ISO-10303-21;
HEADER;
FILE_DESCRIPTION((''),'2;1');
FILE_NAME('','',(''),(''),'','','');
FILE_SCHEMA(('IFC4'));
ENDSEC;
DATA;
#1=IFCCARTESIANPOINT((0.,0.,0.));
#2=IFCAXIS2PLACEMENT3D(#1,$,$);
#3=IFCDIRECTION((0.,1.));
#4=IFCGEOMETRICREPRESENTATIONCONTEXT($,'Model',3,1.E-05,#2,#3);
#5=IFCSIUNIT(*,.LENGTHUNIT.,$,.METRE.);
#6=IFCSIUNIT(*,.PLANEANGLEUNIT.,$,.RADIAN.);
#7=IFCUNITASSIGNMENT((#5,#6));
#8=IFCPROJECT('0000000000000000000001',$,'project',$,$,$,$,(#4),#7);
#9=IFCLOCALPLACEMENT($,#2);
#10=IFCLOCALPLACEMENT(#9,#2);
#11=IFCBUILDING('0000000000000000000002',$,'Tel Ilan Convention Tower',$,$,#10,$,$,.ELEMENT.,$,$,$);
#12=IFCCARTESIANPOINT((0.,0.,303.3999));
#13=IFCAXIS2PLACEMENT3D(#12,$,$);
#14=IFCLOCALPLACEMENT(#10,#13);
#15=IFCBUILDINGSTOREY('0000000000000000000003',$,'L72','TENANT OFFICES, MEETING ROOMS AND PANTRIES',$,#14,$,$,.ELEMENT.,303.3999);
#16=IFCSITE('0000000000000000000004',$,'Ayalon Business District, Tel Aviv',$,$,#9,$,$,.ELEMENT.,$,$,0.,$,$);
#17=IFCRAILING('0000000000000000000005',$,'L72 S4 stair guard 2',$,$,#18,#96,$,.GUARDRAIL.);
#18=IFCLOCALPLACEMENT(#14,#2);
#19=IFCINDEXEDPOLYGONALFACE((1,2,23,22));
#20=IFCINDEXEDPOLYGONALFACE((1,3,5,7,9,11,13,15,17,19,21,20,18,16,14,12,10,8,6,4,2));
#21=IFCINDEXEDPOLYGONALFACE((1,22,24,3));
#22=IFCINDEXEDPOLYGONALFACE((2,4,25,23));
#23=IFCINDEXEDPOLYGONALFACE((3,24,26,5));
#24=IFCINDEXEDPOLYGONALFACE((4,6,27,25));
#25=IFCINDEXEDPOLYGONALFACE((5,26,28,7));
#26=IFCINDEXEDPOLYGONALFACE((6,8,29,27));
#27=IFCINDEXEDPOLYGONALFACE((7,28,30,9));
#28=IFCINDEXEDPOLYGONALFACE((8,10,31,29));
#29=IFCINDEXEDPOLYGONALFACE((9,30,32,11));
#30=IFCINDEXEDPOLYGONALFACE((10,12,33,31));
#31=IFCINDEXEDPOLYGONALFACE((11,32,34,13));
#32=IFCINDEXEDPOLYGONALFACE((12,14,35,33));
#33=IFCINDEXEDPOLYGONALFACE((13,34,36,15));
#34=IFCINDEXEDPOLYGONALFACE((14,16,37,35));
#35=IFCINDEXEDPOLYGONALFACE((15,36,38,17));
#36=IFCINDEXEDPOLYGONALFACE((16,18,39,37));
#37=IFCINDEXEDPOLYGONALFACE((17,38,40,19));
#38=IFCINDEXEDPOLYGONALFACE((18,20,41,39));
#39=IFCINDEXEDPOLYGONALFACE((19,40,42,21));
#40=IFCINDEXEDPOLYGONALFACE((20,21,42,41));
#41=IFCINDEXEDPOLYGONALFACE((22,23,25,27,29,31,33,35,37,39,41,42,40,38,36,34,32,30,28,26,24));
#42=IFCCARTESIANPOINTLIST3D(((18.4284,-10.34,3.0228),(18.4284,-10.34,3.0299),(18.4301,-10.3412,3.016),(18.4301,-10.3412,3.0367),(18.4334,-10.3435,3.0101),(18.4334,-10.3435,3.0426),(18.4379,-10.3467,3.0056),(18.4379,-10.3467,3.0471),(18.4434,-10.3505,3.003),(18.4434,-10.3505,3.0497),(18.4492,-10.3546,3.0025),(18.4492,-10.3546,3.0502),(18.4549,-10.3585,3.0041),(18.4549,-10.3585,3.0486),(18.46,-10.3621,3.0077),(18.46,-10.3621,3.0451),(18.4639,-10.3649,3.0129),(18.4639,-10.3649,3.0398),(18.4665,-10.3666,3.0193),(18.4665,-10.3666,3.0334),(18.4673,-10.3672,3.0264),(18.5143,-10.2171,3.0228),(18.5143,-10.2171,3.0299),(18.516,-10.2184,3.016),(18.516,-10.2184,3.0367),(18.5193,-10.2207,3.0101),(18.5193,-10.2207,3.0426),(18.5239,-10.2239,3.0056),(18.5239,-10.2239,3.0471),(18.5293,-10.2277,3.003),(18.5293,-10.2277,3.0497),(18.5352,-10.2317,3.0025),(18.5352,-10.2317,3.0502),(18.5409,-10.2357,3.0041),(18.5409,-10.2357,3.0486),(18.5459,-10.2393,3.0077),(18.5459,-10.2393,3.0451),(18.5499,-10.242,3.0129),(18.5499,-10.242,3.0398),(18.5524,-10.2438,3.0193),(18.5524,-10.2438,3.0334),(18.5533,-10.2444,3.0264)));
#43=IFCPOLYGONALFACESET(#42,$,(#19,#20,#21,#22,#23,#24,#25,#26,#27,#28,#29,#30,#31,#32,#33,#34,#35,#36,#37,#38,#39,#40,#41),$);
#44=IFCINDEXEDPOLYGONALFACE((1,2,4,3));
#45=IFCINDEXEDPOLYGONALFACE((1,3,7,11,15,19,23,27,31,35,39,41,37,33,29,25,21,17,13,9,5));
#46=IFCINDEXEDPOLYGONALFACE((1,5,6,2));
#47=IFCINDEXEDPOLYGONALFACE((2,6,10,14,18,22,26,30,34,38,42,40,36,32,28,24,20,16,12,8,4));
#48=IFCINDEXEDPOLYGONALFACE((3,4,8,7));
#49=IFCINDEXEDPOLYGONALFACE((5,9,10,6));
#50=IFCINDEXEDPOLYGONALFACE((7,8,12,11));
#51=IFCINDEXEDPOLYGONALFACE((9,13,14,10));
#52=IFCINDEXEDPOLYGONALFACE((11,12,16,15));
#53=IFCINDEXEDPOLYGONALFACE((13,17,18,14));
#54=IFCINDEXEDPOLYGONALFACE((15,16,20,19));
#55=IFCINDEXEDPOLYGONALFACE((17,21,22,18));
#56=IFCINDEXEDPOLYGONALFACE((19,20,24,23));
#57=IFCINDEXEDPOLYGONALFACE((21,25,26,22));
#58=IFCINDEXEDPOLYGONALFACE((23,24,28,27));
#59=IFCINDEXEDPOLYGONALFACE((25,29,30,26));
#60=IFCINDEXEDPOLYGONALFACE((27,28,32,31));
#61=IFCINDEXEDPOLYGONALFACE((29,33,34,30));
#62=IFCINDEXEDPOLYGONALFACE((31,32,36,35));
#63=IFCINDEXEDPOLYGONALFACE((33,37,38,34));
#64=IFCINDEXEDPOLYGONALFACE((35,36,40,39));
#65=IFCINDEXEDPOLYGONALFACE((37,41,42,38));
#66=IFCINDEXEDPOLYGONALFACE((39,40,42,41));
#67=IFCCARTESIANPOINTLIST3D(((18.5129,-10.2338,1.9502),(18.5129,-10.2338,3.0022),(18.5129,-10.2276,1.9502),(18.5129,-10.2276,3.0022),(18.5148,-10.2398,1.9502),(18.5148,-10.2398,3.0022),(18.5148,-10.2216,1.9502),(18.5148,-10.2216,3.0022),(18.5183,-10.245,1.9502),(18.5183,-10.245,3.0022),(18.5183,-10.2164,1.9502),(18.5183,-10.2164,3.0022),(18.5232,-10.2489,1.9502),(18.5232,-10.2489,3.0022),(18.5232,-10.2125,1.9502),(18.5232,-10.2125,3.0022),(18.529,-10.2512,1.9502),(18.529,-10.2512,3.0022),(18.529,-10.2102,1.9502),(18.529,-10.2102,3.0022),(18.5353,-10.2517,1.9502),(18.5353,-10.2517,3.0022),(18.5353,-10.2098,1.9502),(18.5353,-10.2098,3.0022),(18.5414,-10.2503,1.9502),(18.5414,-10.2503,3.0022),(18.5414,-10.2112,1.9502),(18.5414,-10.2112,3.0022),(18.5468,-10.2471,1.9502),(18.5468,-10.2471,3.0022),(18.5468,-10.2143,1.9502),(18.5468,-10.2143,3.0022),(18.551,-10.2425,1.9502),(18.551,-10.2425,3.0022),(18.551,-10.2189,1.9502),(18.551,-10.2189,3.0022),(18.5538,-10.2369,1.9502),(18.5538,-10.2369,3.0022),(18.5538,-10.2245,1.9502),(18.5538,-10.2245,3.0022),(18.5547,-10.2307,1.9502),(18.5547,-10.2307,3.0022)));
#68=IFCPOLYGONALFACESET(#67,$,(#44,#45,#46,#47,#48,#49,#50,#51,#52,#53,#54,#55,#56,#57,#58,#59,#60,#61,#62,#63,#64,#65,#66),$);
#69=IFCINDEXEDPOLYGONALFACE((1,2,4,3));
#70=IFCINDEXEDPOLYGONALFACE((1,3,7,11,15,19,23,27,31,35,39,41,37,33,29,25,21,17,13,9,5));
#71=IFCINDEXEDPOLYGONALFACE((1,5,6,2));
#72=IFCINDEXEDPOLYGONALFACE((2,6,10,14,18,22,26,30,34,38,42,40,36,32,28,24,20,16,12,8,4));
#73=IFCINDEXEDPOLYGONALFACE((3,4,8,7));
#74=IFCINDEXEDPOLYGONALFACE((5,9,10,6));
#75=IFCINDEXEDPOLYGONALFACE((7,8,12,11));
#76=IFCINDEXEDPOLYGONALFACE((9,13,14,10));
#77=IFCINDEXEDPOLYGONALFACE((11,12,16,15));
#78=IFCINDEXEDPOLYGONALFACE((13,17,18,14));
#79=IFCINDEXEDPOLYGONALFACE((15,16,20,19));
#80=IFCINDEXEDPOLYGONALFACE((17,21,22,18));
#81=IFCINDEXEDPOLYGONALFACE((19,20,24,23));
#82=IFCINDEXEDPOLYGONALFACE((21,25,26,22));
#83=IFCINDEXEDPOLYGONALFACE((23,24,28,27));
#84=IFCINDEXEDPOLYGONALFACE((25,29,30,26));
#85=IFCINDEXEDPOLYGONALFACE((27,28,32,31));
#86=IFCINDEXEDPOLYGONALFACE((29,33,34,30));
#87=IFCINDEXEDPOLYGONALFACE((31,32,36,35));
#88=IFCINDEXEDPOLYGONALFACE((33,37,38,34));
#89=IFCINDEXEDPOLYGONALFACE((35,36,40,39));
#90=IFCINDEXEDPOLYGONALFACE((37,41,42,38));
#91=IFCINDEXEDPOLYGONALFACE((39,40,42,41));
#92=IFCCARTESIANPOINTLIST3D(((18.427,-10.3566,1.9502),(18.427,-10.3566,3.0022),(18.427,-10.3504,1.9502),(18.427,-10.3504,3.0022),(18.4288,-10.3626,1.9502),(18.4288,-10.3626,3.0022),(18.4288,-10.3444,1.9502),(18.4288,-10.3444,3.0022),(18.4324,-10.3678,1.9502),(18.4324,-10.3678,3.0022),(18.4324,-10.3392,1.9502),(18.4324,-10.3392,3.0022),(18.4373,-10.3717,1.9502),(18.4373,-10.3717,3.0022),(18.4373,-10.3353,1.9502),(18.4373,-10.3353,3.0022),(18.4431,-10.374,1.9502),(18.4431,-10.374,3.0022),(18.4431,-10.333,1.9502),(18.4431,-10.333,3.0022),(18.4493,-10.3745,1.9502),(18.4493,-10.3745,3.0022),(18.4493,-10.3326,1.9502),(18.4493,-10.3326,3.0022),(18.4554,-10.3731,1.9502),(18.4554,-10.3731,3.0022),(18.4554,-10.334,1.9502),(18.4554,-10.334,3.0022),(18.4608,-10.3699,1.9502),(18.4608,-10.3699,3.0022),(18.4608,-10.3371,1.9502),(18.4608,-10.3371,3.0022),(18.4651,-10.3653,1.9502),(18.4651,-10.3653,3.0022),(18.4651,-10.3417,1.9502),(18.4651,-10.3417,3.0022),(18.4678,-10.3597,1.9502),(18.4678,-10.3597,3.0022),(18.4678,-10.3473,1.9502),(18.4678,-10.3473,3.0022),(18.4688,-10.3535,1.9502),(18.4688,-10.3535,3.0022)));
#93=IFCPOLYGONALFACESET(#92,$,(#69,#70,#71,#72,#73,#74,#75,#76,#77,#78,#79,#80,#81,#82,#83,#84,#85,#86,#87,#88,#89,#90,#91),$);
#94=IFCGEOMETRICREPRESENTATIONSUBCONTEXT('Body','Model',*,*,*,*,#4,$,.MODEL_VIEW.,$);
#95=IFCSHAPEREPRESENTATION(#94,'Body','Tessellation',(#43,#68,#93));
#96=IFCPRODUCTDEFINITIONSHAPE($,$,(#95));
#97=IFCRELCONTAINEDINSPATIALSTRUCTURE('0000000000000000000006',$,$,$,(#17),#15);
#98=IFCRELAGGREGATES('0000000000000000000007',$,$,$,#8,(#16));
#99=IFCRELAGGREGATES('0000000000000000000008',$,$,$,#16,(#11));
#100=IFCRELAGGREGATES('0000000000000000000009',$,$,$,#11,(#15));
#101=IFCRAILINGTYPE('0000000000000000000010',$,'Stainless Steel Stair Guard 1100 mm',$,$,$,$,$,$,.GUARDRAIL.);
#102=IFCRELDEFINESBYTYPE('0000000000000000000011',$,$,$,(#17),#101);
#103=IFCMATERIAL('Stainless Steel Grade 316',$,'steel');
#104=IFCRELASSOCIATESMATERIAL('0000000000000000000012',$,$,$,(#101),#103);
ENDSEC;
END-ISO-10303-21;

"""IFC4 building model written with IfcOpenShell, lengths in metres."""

from ifc_helpers import new_model, si_unit, direction, frame, origin, origin_2d, place, context, subcontext, project, spatial, circle, extrude, material, type_object, element, save


model = new_model("IFC4")

# Units and contexts
model_context = context("Model", 3, precision=1e-05, world=origin(), true_north=direction((0.0, 1.0)))
body_context = subcontext(model_context, "Body", "Model", "MODEL_VIEW")
ifc_project = project(units=[si_unit("LENGTHUNIT", "METRE"), si_unit("PLANEANGLEUNIT", "RADIAN")], contexts=[model_context])

# Site, building, storey
site_placement = place(None, origin())
site = spatial("IfcSite", under=ifc_project, at=site_placement, Name="Ayalon Business District, Tel Aviv", CompositionType="ELEMENT", RefElevation=0.0)
building_placement = place(site_placement, origin())
building = spatial("IfcBuilding", under=site, at=building_placement, Name="Tel Ilan Convention Tower", CompositionType="ELEMENT")
storey_placement = place(building_placement, frame((0.0, 0.0, 303.3999)))
storey = spatial("IfcBuildingStorey", under=building, at=storey_placement, Name="L72", Description="TENANT OFFICES, MEETING ROOMS AND PANTRIES", CompositionType="ELEMENT", Elevation=303.3999)

# Railing
ifc_material_1 = material(Name="Stainless Steel Grade 316", Category="steel")
railing_type_1 = type_object("IfcRailingType", Name="Stainless Steel Stair Guard 1100 mm", PredefinedType="GUARDRAIL", material=ifc_material_1)
railing_1_placement = place(storey_placement, frame((18.5337, -10.2307, 1.9502)))
element("IfcRailing", 1, at=railing_1_placement, inside=storey, type_object=railing_type_1, Name="L72 S4 stair guard 2", PredefinedType="GUARDRAIL", context=body_context, shape_type="SweptSolid", body=[
    extrude(circle(Radius=0.0239, at=origin_2d()), frame((0.0, 0.0, 1.0762), z_axis=(-0.573353, -0.819308, 0.0), x_axis=(0.819308, -0.573353, 0.0)), (0.0, 0.0, 1.0), 0.1499),
    extrude(circle(Radius=0.021, at=origin_2d()), origin(), (0.0, 0.0, 1.0), 1.052),
    extrude(circle(Radius=0.021, at=origin_2d()), frame((-0.0859, -0.1228, 0.0)), (0.0, 0.0, 1.0), 1.052),
])

save(model, "model.ifc")
